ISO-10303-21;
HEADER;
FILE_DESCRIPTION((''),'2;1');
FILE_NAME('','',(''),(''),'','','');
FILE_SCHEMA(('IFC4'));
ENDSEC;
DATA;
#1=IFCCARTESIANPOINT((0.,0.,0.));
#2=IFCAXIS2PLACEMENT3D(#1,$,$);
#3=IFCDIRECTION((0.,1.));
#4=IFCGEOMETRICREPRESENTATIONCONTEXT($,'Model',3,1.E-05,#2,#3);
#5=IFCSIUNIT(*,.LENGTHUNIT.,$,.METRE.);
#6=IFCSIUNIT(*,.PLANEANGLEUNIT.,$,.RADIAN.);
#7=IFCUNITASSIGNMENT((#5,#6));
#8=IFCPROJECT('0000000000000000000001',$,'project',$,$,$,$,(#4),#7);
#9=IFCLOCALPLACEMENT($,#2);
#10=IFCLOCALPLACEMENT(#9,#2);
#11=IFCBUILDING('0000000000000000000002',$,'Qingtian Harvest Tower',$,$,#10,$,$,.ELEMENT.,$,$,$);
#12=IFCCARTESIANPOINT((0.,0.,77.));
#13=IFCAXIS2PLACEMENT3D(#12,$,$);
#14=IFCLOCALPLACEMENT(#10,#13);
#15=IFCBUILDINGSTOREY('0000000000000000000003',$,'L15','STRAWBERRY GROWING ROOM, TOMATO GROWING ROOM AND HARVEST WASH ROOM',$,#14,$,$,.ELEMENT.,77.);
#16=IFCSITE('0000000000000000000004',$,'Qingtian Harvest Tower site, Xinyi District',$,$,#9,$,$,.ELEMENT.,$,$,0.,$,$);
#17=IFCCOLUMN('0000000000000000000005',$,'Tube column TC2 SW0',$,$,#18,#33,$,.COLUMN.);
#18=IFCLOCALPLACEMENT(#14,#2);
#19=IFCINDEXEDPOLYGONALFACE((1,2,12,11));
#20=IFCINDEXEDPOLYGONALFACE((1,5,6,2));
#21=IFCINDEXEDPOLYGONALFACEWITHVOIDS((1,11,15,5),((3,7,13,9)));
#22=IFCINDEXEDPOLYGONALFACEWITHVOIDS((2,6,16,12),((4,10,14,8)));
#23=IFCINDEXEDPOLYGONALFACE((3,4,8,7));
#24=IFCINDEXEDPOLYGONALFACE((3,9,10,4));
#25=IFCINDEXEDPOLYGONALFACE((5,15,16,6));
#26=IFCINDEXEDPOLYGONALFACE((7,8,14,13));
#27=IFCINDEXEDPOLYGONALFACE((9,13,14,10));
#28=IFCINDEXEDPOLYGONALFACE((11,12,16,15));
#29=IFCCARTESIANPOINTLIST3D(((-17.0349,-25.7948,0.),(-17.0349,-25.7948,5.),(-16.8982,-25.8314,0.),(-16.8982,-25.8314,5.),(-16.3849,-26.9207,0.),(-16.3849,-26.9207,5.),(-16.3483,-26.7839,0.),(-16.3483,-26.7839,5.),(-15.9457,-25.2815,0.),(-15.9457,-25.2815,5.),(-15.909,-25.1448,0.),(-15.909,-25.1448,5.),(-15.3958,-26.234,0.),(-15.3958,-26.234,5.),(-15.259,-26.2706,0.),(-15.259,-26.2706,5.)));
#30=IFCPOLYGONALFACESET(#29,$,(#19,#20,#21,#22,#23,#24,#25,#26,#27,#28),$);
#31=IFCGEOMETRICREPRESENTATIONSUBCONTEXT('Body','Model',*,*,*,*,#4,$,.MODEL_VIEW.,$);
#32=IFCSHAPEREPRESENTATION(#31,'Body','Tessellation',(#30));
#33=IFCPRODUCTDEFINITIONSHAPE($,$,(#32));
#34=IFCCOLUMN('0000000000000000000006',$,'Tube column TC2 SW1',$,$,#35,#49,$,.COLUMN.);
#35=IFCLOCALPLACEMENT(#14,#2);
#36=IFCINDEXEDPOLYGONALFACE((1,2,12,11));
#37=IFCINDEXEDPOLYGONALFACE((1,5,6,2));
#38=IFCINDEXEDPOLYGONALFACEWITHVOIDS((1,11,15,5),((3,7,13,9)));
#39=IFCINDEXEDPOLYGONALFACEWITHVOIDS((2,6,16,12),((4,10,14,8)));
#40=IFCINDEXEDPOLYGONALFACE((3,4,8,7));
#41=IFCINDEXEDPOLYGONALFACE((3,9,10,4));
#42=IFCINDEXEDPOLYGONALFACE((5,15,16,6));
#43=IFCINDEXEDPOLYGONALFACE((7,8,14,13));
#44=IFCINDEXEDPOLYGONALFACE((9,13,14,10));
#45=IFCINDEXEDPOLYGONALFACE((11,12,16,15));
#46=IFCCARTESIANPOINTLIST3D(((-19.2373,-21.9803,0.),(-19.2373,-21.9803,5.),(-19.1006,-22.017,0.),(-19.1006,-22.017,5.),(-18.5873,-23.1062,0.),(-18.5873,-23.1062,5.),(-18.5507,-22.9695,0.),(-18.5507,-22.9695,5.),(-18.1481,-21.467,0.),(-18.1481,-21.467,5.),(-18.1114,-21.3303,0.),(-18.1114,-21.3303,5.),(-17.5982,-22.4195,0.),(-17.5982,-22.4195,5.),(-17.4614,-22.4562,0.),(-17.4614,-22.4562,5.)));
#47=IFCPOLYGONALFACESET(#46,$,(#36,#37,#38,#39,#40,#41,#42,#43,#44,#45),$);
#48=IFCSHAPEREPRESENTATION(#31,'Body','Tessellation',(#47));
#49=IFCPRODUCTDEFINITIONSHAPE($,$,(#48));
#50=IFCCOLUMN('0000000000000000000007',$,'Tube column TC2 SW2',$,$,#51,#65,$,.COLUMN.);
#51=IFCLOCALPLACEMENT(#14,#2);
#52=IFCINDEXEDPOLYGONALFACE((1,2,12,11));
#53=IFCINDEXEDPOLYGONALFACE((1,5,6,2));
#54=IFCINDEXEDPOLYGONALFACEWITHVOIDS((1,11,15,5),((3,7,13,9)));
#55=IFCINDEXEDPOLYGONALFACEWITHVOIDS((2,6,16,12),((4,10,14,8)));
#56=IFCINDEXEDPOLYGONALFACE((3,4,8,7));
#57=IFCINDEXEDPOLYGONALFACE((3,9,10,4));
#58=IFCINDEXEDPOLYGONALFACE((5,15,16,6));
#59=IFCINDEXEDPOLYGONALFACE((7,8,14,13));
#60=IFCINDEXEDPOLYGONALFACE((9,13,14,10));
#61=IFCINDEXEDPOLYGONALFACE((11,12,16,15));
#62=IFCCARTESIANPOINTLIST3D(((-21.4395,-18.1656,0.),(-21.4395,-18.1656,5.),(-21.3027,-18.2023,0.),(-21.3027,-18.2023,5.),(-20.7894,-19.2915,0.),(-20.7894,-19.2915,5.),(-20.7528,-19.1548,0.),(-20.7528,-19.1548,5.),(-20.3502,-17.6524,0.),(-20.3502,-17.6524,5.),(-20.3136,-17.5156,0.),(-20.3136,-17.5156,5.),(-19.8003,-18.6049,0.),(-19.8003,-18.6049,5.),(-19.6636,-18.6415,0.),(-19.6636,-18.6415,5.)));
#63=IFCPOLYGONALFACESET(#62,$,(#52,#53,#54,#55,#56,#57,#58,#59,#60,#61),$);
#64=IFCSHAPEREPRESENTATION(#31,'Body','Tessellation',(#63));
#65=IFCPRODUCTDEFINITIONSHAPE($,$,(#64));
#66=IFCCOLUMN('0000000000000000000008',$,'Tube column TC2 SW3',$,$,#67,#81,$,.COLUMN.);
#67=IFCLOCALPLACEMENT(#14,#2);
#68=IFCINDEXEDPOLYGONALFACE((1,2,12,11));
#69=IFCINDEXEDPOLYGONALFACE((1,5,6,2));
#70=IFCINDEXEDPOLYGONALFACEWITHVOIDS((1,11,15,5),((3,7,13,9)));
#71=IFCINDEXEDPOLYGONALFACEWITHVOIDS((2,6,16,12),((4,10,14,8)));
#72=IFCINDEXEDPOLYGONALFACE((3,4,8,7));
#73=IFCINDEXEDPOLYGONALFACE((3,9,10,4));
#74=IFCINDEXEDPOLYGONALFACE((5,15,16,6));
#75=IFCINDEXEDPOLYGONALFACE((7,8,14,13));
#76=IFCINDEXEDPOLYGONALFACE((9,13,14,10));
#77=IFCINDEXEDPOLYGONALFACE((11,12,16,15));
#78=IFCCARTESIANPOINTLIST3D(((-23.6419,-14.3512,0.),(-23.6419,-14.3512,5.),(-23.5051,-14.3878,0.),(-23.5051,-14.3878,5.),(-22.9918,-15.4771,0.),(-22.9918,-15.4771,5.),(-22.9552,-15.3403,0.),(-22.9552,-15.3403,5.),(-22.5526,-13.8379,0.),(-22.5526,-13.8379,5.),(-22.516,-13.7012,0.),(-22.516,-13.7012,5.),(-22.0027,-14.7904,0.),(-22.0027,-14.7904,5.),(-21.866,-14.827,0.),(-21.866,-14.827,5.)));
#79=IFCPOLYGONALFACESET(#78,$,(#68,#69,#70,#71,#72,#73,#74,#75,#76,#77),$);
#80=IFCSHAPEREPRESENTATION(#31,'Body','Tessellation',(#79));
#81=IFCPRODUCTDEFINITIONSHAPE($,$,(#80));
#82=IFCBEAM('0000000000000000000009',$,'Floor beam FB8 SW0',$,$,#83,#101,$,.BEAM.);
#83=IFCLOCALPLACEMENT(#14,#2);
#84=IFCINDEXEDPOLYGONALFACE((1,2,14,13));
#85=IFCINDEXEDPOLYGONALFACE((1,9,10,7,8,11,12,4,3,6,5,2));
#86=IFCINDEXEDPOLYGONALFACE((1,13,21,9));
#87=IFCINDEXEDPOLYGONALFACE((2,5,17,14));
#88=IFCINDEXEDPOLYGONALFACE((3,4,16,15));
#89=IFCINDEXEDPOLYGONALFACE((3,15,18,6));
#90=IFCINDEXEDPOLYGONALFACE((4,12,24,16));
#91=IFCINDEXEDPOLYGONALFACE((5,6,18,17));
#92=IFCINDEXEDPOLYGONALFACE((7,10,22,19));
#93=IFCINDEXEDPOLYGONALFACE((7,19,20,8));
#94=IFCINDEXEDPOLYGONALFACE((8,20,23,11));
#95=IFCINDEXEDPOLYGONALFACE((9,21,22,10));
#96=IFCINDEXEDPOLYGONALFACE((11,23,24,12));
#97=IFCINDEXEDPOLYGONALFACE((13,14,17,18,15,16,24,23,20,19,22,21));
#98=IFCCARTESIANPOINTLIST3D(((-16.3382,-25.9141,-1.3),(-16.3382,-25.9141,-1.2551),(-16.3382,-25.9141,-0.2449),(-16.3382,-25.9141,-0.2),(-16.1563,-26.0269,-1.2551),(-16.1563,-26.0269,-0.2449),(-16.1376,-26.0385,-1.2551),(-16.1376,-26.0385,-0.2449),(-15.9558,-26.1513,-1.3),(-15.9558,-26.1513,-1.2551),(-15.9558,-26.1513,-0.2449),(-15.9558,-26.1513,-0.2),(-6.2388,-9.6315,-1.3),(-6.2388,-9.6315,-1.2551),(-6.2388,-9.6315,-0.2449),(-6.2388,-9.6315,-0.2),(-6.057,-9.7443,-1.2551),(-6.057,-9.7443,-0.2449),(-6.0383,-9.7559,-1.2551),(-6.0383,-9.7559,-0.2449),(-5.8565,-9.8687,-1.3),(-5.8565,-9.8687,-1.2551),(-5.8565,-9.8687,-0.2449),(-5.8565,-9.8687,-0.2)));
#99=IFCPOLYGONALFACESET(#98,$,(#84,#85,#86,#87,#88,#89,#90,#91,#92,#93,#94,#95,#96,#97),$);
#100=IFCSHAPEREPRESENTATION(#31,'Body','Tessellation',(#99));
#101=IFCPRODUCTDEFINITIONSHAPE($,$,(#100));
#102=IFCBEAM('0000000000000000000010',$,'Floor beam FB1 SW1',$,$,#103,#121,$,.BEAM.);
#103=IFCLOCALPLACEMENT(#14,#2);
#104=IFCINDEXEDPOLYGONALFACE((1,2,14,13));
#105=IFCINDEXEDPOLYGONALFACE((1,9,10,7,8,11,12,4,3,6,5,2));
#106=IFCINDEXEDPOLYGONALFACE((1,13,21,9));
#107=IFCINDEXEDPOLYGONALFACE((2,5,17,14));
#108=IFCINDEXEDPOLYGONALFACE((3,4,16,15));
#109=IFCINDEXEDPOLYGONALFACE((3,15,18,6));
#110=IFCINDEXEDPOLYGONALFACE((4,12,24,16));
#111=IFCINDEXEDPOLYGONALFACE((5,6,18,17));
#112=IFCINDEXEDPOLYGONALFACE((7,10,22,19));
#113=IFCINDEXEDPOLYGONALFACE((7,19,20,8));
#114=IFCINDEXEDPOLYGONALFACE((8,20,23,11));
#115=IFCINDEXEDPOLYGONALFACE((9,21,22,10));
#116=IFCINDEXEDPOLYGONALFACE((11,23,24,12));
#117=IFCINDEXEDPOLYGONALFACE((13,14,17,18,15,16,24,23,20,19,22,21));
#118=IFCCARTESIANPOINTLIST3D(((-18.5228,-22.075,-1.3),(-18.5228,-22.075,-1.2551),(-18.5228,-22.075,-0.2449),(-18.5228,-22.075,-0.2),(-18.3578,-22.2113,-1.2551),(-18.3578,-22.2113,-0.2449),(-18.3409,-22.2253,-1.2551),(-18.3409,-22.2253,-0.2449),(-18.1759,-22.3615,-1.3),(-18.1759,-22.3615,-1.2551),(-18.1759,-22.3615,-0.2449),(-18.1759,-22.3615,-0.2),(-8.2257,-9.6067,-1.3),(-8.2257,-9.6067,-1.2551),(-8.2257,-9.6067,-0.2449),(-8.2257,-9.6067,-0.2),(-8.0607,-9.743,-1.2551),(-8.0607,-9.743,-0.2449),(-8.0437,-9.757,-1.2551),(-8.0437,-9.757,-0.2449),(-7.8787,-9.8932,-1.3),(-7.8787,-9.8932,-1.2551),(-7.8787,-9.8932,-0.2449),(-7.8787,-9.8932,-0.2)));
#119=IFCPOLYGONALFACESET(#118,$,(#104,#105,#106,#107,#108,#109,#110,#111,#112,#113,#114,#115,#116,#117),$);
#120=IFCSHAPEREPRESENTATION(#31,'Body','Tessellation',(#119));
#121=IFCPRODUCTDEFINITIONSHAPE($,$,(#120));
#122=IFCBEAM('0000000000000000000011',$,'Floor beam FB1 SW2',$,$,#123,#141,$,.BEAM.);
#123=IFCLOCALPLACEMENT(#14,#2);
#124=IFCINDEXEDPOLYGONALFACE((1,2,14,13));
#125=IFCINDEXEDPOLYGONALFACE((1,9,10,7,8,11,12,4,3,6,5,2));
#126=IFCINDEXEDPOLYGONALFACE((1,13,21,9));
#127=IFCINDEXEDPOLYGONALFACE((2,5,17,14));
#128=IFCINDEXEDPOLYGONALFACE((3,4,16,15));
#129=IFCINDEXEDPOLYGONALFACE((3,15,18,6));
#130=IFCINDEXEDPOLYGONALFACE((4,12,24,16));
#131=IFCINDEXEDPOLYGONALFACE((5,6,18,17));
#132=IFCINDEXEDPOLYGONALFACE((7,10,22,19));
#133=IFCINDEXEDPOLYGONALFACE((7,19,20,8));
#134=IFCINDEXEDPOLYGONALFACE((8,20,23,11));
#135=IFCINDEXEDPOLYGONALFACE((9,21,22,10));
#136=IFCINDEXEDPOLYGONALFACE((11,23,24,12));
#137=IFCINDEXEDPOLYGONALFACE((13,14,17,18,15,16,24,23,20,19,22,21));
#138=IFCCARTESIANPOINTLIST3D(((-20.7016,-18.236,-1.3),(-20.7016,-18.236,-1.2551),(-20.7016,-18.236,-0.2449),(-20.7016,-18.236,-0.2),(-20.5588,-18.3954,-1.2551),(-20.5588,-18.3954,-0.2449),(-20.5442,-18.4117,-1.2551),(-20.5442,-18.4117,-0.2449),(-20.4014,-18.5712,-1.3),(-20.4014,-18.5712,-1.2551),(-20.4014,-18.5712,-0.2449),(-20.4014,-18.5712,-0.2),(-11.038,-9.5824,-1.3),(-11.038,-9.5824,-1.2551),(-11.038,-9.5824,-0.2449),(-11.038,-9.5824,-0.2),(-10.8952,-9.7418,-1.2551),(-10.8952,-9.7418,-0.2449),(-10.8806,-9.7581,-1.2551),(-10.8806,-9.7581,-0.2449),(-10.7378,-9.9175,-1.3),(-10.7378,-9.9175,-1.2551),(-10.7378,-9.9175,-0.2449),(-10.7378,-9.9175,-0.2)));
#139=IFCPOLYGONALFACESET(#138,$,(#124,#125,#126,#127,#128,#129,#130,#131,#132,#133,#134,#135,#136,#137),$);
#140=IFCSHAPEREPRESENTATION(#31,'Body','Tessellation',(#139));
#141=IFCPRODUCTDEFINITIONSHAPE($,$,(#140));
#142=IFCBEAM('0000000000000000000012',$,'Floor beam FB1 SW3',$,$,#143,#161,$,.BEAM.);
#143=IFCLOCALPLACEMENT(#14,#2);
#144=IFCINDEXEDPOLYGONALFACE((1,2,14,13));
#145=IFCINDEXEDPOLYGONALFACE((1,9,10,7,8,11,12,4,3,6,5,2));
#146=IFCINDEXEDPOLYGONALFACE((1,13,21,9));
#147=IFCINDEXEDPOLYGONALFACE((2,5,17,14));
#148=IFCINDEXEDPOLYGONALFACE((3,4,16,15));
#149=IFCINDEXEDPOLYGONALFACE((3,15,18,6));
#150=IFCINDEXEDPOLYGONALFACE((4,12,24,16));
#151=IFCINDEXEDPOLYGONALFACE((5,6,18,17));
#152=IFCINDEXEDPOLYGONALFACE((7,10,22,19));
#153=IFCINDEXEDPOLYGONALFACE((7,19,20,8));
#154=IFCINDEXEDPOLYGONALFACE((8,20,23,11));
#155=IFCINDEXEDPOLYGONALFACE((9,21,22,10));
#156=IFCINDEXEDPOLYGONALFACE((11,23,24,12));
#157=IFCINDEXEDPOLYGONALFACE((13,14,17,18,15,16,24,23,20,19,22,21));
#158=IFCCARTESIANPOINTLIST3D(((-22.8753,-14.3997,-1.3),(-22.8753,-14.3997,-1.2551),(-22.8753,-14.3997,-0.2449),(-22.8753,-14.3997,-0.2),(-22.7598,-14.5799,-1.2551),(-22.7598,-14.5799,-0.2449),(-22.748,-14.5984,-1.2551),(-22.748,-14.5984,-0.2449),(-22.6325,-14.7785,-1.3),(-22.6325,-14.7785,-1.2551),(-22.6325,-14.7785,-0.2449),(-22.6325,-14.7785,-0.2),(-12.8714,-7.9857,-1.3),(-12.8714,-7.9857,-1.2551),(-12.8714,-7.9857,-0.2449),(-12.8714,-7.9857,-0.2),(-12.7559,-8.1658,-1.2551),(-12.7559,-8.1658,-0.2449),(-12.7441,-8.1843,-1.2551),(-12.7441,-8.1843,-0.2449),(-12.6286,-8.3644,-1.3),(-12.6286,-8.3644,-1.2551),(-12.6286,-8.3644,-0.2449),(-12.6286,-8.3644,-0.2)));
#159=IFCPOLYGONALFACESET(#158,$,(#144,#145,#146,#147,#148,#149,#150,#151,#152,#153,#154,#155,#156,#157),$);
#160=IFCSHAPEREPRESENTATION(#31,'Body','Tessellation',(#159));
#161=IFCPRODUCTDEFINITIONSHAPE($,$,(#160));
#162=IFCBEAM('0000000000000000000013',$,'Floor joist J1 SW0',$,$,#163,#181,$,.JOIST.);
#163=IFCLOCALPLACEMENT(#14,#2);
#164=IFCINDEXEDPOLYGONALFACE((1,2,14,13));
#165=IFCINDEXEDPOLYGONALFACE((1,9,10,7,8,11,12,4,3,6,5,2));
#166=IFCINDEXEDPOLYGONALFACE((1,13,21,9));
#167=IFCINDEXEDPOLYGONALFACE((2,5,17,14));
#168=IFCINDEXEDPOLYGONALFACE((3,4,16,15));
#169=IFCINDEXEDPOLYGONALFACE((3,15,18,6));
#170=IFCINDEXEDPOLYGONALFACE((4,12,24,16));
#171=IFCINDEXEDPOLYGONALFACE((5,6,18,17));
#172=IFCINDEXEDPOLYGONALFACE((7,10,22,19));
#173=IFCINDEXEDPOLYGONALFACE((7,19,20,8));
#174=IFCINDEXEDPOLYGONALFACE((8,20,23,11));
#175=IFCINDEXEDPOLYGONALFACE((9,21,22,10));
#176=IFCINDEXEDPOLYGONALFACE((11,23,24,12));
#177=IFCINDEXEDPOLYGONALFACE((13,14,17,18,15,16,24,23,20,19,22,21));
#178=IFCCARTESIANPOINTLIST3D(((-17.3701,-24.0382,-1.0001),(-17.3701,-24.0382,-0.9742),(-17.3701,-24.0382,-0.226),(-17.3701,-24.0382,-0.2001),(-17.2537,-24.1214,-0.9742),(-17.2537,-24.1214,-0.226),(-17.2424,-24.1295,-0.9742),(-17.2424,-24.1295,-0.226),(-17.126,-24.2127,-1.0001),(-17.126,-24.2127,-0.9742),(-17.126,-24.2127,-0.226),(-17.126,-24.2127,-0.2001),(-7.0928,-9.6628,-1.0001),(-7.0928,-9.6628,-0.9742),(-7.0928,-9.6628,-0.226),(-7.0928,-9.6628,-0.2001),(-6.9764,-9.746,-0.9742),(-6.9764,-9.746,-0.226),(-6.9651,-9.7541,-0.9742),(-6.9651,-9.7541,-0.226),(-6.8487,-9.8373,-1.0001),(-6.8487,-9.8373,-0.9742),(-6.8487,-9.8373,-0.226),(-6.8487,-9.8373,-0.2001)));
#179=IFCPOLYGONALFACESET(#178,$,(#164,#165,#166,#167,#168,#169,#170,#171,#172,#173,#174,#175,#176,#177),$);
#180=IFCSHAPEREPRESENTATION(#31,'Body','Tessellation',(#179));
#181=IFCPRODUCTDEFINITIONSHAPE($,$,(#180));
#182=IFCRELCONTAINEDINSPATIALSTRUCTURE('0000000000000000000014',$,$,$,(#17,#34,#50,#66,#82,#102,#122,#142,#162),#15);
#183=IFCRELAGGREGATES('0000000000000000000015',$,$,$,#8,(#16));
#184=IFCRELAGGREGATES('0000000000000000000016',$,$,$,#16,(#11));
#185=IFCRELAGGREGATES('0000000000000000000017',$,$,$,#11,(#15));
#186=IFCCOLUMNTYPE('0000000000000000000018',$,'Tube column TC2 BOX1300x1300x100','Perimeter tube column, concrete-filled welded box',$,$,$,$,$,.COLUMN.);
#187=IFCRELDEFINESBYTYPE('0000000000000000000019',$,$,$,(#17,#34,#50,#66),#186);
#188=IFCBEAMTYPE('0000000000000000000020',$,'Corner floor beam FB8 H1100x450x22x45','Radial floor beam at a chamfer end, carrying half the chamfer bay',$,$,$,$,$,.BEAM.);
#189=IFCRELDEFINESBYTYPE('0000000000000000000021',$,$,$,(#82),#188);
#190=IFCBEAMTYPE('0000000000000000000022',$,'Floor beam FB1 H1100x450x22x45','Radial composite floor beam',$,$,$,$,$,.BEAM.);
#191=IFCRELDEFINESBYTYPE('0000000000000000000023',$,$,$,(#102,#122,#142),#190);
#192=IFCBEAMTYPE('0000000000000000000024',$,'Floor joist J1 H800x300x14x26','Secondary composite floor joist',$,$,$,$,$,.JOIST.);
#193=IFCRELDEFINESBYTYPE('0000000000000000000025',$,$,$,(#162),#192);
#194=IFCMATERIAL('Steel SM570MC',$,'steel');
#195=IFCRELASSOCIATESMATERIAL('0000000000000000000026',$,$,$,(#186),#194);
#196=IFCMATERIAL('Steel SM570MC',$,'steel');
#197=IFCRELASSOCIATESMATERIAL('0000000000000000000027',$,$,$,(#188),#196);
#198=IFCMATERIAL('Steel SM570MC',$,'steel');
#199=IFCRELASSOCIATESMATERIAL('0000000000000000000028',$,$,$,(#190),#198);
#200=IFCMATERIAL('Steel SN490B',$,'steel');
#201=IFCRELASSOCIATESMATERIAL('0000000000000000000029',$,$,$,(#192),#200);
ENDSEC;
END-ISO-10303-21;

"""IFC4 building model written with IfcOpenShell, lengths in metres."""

from ifc_helpers import new_model, si_unit, direction, frame, origin, origin_2d, place, context, subcontext, project, spatial, hollow_rectangle, i_section, extrude, material, material_profile, profile_set, type_object, element, save


model = new_model("IFC4")

# Units and contexts
model_context = context("Model", 3, precision=1e-05, world=origin(), true_north=direction((0.0, 1.0)))
body_context = subcontext(model_context, "Body", "Model", "MODEL_VIEW")
ifc_project = project(units=[si_unit("LENGTHUNIT", "METRE"), si_unit("PLANEANGLEUNIT", "RADIAN")], contexts=[model_context])

# Site, building, storey
site_placement = place(None, origin())
site = spatial("IfcSite", under=ifc_project, at=site_placement, Name="Qingtian Harvest Tower site, Xinyi District", CompositionType="ELEMENT", RefElevation=0.0)
building_placement = place(site_placement, origin())
building = spatial("IfcBuilding", under=site, at=building_placement, Name="Qingtian Harvest Tower", CompositionType="ELEMENT")
storey_placement = place(building_placement, frame((0.0, 0.0, 77.0)))
storey = spatial("IfcBuildingStorey", under=building, at=storey_placement, Name="L15", Description="STRAWBERRY GROWING ROOM, TOMATO GROWING ROOM AND HARVEST WASH ROOM", CompositionType="ELEMENT", Elevation=77.0)

# Columns
ifc_material_1 = material(Name="Steel SM570MC", Category="steel")
ifc_material_profile_1 = material_profile(ifc_material_1, hollow_rectangle(XDim=1.3, YDim=1.3, WallThickness=0.1001, at=origin_2d()), Name="BOX1300x1300x100")
ifc_profile_set_1 = profile_set([ifc_material_profile_1], Name="Steel SM570MC")
column_type = type_object("IfcColumnType", Name="Tube column TC2 BOX1300x1300x100", Description="Perimeter tube column, concrete-filled welded box", PredefinedType="COLUMN", material=ifc_profile_set_1)
for number, where, z_axis, x_axis, name in (
    (1, (-16.147, -26.0327, 0.0), (0.0, 0.0, 1.0), (0.5, -0.866025, 0.0), "Tube column TC2 SW0"),
    (2, (-18.3494, -22.2183, 0.0), (0.0, 0.0, 1.0), (0.5, -0.866025, 0.0), "Tube column TC2 SW1"),
    (3, (-20.5515, -18.4036, 0.0), (0.0, 0.0, 1.0), (0.5, -0.866025, 0.0), "Tube column TC2 SW2"),
    (4, (-22.7539, -14.5891, 0.0), (0.0, 0.0, 1.0), (0.5, -0.866025, 0.0), "Tube column TC2 SW3"),
):
    element("IfcColumn", number, at=place(storey_placement, frame(where, z_axis=z_axis, x_axis=x_axis)), inside=storey, type_object=column_type, Name=name, PredefinedType="COLUMN", context=body_context, shape_type="SweptSolid", body=[
        extrude(hollow_rectangle(XDim=1.3, YDim=1.3, WallThickness=0.1001, at=origin_2d()), origin(), (0.0, 0.0, 1.0), 5.0),
    ])

# Beams
ifc_material_2 = material(Name="Steel SM570MC", Category="steel")
ifc_material_profile_2 = material_profile(ifc_material_2, i_section(OverallWidth=0.45, OverallDepth=1.1001, WebThickness=0.022, FlangeThickness=0.0449, at=origin_2d()), Name="H1100x450x22x45")
ifc_profile_set_2 = profile_set([ifc_material_profile_2], Name="Steel SM570MC")
beam_type_1 = type_object("IfcBeamType", Name="Corner floor beam FB8 H1100x450x22x45", Description="Radial floor beam at a chamfer end, carrying half the chamfer bay", PredefinedType="BEAM", material=ifc_profile_set_2)
beam_1_placement = place(storey_placement, frame((-16.147, -26.0327, -0.75), z_axis=(0.527094, 0.849807, 0.0), x_axis=(-0.849807, 0.527094, 0.0)))
element("IfcBeam", 5, at=beam_1_placement, inside=storey, type_object=beam_type_1, Name="Floor beam FB8 SW0", PredefinedType="BEAM", context=body_context, shape_type="SweptSolid", body=[
    extrude(i_section(OverallWidth=0.45, OverallDepth=1.1001, WebThickness=0.022, FlangeThickness=0.0449, at=origin_2d()), origin(), (0.0, 0.0, 1.0), 19.1604),
])
ifc_material_3 = material(Name="Steel SM570MC", Category="steel")
ifc_material_profile_3 = material_profile(ifc_material_3, i_section(OverallWidth=0.45, OverallDepth=1.1001, WebThickness=0.022, FlangeThickness=0.0449, at=origin_2d()), Name="H1100x450x22x45")
ifc_profile_set_3 = profile_set([ifc_material_profile_3], Name="Steel SM570MC")
beam_type_2 = type_object("IfcBeamType", Name="Floor beam FB1 H1100x450x22x45", Description="Radial composite floor beam", PredefinedType="BEAM", material=ifc_profile_set_3)
beam_2_placement = place(storey_placement, frame((-18.3494, -22.2183, -0.75), z_axis=(0.63678, 0.771045, 0.0), x_axis=(-0.771045, 0.63678, 0.0)))
element("IfcBeam", 6, at=beam_2_placement, inside=storey, type_object=beam_type_2, Name="Floor beam FB1 SW1", PredefinedType="BEAM", context=body_context, shape_type="SweptSolid", body=[
    extrude(i_section(OverallWidth=0.45, OverallDepth=1.1001, WebThickness=0.022, FlangeThickness=0.0449, at=origin_2d()), origin(), (0.0, 0.0, 1.0), 16.1707),
])
beam_3_placement = place(storey_placement, frame((-20.5515, -18.4036, -0.75), z_axis=(0.744965, 0.667103, 0.0), x_axis=(-0.667103, 0.744965, 0.0)))
element("IfcBeam", 7, at=beam_3_placement, inside=storey, type_object=beam_type_2, Name="Floor beam FB1 SW2", PredefinedType="BEAM", context=body_context, shape_type="SweptSolid", body=[
    extrude(i_section(OverallWidth=0.45, OverallDepth=1.1001, WebThickness=0.022, FlangeThickness=0.0449, at=origin_2d()), origin(), (0.0, 0.0, 1.0), 12.9719),
])
beam_4_placement = place(storey_placement, frame((-22.7539, -14.5891, -0.75), z_axis=(0.841829, 0.539744, 0.0), x_axis=(-0.539744, 0.841829, 0.0)))
element("IfcBeam", 8, at=beam_4_placement, inside=storey, type_object=beam_type_2, Name="Floor beam FB1 SW3", PredefinedType="BEAM", context=body_context, shape_type="SweptSolid", body=[
    extrude(i_section(OverallWidth=0.45, OverallDepth=1.1001, WebThickness=0.022, FlangeThickness=0.0449, at=origin_2d()), origin(), (0.0, 0.0, 1.0), 11.8835),
])
ifc_material_4 = material(Name="Steel SN490B", Category="steel")
ifc_material_profile_4 = material_profile(ifc_material_4, i_section(OverallWidth=0.3, OverallDepth=0.8, WebThickness=0.0139, FlangeThickness=0.0259, at=origin_2d()), Name="H800x300x14x26")
ifc_profile_set_4 = profile_set([ifc_material_profile_4], Name="Steel SN490B")
beam_type_3 = type_object("IfcBeamType", Name="Floor joist J1 H800x300x14x26", Description="Secondary composite floor joist", PredefinedType="JOIST", material=ifc_profile_set_4)
beam_5_placement = place(storey_placement, frame((-17.248, -24.1255, -0.6001), z_axis=(0.581581, 0.813489, 0.0), x_axis=(-0.813489, 0.581581, 0.0)))
element("IfcBeam", 9, at=beam_5_placement, inside=storey, type_object=beam_type_3, Name="Floor joist J1 SW0", PredefinedType="JOIST", context=body_context, shape_type="SweptSolid", body=[
    extrude(i_section(OverallWidth=0.3, OverallDepth=0.8, WebThickness=0.0139, FlangeThickness=0.0259, at=origin_2d()), origin(), (0.0, 0.0, 1.0), 17.6714),
])

save(model, "model.ifc")
